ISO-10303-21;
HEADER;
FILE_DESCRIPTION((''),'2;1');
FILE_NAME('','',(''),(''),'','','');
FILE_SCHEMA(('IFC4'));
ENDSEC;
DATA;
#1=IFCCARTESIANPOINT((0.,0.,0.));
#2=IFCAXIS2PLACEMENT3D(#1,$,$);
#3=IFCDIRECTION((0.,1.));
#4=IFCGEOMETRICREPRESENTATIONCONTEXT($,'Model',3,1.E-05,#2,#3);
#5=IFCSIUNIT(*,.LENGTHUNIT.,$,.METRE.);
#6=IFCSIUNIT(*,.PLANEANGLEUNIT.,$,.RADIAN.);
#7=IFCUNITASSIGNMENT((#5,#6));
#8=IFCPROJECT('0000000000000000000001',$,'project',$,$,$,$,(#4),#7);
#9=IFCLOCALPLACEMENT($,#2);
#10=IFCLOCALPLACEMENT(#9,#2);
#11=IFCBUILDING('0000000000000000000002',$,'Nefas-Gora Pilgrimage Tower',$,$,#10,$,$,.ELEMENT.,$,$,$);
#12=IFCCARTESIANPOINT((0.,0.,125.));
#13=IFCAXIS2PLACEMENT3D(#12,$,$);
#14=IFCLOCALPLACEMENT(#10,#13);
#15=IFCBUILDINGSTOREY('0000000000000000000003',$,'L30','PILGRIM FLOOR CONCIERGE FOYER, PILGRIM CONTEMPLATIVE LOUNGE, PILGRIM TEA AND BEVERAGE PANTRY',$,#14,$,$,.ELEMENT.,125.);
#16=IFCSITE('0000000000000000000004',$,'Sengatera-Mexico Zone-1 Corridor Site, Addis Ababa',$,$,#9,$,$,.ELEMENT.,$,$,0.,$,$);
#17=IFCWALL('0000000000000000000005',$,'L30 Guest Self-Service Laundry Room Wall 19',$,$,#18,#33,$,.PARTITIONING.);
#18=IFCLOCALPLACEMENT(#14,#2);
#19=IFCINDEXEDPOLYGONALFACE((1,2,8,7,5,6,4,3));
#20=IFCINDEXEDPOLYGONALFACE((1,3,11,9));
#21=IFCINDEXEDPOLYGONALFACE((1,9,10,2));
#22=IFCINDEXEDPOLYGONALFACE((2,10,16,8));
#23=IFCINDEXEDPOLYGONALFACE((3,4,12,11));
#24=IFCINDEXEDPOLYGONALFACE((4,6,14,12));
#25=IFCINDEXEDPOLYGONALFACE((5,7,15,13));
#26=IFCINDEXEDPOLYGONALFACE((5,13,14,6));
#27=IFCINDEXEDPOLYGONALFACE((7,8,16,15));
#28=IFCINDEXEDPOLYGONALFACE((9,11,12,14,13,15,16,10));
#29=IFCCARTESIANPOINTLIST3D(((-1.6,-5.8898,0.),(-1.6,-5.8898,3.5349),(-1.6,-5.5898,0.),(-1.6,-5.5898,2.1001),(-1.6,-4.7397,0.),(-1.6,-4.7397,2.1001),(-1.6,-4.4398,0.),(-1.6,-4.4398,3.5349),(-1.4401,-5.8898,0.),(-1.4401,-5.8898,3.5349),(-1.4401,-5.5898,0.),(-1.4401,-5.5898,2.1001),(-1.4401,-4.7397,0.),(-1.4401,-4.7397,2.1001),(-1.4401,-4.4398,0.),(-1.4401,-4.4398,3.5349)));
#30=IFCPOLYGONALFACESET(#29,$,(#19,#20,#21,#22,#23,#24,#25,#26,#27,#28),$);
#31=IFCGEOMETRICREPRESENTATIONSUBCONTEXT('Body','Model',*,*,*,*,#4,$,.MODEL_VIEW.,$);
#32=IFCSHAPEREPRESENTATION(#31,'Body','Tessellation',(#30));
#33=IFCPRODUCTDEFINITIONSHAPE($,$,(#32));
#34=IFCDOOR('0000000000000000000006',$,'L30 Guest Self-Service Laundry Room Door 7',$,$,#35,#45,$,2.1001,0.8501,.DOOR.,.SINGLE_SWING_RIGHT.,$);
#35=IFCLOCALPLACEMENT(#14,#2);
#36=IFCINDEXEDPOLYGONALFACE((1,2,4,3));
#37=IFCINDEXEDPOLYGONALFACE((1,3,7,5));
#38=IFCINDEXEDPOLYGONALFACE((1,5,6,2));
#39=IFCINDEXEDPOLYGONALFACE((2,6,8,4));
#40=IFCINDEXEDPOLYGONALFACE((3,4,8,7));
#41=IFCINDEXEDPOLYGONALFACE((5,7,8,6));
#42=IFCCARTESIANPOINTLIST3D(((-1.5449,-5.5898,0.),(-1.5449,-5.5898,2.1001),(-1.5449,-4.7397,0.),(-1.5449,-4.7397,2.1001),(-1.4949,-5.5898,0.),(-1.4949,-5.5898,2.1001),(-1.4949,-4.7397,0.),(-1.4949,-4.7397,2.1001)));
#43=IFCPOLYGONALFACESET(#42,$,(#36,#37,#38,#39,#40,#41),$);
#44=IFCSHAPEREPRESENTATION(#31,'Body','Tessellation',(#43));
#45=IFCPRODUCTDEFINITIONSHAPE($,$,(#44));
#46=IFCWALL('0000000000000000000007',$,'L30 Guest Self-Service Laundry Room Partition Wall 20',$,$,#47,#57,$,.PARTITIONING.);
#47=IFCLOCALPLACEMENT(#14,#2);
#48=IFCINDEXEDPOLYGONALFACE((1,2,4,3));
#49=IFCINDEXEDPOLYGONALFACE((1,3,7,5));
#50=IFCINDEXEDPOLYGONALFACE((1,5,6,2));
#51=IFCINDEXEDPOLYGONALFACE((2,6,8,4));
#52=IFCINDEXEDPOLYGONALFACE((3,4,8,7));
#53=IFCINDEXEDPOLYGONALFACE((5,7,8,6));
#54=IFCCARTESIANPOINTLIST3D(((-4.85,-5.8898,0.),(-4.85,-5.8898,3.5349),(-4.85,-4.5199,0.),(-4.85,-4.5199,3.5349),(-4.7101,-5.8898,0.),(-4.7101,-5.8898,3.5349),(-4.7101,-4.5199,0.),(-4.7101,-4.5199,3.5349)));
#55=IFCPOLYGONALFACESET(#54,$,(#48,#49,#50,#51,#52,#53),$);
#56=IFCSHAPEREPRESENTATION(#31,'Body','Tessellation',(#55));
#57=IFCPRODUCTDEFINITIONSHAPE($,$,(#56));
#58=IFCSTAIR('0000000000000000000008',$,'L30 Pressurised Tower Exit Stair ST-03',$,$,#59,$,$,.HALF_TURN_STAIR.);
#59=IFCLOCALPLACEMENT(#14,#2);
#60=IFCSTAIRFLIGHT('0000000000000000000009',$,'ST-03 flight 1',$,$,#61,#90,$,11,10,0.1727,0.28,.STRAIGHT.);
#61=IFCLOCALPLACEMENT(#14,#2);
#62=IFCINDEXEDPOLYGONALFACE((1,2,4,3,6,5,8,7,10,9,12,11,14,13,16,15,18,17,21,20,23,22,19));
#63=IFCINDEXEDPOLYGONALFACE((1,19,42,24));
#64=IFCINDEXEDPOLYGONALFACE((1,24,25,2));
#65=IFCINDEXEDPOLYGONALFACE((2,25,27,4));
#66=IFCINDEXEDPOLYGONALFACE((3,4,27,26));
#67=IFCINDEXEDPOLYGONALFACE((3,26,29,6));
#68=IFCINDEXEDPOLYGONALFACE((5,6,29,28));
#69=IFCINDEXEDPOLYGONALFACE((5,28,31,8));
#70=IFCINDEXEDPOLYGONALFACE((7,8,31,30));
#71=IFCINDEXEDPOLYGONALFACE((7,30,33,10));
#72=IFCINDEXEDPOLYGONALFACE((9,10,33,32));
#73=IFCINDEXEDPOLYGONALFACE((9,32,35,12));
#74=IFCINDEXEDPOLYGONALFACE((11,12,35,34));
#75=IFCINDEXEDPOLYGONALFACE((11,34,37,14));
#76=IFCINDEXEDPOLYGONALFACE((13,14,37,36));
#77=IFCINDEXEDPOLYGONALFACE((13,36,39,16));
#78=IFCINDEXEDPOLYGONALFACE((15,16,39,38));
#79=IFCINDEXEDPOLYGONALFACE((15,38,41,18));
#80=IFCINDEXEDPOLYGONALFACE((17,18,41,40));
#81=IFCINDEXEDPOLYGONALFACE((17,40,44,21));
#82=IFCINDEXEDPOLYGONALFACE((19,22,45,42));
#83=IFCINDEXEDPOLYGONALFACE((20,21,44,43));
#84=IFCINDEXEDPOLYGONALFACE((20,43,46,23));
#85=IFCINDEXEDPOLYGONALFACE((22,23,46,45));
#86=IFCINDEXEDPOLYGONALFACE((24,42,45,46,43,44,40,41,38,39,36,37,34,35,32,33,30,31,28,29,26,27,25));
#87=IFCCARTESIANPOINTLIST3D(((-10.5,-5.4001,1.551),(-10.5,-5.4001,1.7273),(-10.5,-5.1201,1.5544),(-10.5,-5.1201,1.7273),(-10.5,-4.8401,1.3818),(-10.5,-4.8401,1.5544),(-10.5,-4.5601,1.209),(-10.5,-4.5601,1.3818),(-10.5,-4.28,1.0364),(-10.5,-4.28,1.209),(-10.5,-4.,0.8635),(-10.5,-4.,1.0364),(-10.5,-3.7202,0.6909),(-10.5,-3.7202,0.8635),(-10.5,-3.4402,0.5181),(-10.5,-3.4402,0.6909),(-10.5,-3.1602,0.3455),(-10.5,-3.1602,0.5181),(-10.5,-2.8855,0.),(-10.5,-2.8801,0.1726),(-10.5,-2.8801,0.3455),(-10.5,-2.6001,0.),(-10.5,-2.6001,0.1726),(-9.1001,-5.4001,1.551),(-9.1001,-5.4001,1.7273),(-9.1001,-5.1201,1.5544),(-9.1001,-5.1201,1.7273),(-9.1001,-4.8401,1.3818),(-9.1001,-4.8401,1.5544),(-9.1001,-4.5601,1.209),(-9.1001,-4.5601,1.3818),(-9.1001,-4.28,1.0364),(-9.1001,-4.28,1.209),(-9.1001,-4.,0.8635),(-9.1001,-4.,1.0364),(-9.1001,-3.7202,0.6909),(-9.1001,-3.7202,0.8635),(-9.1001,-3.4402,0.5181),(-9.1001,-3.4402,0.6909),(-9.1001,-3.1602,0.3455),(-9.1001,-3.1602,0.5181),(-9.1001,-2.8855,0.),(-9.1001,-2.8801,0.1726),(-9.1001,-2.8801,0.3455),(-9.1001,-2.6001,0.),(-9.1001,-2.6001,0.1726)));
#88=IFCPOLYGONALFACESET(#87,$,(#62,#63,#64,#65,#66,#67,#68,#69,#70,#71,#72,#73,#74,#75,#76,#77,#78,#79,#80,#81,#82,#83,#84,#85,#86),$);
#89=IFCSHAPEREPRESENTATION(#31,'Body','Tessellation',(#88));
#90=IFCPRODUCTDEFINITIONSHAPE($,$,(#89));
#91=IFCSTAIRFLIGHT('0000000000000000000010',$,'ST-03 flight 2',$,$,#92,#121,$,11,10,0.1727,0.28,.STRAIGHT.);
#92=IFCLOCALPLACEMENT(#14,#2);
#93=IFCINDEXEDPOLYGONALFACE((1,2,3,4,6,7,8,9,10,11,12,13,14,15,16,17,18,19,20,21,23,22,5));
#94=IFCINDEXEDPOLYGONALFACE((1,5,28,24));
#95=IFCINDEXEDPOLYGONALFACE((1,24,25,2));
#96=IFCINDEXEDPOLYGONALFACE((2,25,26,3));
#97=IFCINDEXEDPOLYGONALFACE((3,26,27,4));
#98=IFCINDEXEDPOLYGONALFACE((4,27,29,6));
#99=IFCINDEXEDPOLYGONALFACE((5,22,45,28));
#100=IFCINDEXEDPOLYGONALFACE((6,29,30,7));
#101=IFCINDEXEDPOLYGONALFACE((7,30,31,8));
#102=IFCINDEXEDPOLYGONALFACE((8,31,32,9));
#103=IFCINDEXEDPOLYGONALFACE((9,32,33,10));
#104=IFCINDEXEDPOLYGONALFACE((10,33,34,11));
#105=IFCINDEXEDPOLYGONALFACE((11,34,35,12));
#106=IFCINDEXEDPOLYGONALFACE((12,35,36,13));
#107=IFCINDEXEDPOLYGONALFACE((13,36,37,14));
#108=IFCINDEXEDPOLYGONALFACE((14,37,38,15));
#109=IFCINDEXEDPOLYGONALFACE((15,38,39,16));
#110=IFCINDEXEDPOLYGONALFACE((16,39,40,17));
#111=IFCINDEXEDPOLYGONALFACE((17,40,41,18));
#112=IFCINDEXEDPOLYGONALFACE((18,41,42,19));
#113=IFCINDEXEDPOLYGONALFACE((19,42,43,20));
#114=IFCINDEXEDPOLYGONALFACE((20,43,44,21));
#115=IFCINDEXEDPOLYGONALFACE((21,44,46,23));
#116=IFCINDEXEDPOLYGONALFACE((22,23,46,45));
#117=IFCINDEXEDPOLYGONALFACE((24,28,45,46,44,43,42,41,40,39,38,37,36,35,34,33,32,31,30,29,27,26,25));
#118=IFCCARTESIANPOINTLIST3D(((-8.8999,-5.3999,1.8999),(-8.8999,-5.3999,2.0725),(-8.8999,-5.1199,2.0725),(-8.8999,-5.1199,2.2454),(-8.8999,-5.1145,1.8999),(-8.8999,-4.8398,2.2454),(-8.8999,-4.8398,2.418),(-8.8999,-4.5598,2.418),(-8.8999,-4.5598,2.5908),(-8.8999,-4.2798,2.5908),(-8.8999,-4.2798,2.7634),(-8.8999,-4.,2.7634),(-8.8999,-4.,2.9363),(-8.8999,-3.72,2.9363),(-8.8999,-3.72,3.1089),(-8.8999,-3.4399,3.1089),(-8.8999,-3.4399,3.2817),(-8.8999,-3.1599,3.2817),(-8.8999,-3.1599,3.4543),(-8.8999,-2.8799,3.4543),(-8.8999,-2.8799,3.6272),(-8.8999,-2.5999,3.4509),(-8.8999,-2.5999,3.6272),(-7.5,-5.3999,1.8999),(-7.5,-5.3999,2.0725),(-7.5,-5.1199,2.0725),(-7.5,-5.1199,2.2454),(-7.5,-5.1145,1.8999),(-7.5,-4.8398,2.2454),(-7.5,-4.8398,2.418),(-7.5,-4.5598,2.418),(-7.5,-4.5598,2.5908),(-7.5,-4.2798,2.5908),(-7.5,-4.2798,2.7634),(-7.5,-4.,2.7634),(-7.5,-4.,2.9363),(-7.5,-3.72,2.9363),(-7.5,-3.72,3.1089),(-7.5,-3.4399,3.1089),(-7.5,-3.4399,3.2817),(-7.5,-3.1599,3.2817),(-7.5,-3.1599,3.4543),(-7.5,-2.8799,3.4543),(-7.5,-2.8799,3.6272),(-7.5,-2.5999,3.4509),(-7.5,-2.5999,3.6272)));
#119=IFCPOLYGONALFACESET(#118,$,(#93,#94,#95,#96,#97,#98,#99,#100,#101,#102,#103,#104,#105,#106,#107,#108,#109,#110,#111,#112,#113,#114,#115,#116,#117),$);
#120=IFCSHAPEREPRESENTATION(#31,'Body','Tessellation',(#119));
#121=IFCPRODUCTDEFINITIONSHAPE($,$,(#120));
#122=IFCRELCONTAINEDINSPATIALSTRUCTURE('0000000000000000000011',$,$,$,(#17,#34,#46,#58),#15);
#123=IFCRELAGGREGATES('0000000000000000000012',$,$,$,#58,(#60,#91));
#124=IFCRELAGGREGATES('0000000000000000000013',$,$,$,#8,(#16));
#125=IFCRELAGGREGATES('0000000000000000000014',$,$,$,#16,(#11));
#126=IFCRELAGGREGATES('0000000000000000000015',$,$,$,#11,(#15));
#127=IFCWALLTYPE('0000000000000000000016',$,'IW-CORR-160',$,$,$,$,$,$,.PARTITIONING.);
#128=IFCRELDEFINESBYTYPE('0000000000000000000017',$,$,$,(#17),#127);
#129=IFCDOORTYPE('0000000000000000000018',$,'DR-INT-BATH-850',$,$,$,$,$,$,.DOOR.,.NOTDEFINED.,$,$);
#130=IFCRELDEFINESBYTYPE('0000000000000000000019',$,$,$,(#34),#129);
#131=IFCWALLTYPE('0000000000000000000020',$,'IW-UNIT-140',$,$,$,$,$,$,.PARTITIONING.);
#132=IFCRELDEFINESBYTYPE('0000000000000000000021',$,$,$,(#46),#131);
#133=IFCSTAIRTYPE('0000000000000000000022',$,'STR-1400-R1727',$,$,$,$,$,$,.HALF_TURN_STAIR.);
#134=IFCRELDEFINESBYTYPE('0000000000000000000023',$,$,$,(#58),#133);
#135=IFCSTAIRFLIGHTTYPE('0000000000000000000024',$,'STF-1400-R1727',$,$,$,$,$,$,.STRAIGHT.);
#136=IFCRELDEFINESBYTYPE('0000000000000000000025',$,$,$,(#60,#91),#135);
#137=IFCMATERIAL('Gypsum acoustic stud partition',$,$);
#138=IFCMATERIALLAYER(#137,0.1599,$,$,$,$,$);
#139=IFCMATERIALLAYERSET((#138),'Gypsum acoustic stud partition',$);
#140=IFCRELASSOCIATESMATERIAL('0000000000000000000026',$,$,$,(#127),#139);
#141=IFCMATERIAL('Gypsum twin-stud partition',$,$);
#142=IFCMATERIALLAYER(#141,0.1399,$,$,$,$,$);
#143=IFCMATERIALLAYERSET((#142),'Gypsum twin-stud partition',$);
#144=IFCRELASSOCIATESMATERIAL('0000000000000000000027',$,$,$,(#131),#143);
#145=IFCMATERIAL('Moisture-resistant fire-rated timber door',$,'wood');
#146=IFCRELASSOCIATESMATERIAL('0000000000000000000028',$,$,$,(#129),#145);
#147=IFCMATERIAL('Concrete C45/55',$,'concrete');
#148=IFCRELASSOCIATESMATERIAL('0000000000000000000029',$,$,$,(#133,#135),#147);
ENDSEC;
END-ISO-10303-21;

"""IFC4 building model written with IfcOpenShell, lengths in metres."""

from ifc_helpers import new_model, si_unit, direction, frame, frame_2d, origin, place, context, subcontext, project, spatial, polyline, rectangle, outline, extrude, source, transform, mapped, material, layer, layer_set, type_object, element, fill, aggregate, save


model = new_model("IFC4")

# Units and contexts
model_context = context("Model", 3, precision=1e-05, world=origin(), true_north=direction((0.0, 1.0)))
body_context = subcontext(model_context, "Body", "Model", "MODEL_VIEW")
ifc_project = project(units=[si_unit("LENGTHUNIT", "METRE"), si_unit("PLANEANGLEUNIT", "RADIAN")], contexts=[model_context])

# Site, building, storey
site_placement = place(None, origin())
site = spatial("IfcSite", under=ifc_project, at=site_placement, Name="Sengatera-Mexico Zone-1 Corridor Site, Addis Ababa", CompositionType="ELEMENT", RefElevation=0.0)
building_placement = place(site_placement, origin())
building = spatial("IfcBuilding", under=site, at=building_placement, Name="Nefas-Gora Pilgrimage Tower", CompositionType="ELEMENT")
storey_placement = place(building_placement, frame((0.0, 0.0, 125.0)))
storey = spatial("IfcBuildingStorey", under=building, at=storey_placement, Name="L30", Description="PILGRIM FLOOR CONCIERGE FOYER, PILGRIM CONTEMPLATIVE LOUNGE, PILGRIM TEA AND BEVERAGE PANTRY", CompositionType="ELEMENT", Elevation=125.0)

# Shared definitions
ifc_material_1 = material(Name="Concrete C45/55", Category="concrete")

# Shared definitions
ifc_material_2 = material(Name="Gypsum acoustic stud partition")
ifc_layer_1 = layer(ifc_material_2, 0.1599)
ifc_layer_set_1 = layer_set([ifc_layer_1], Name="Gypsum acoustic stud partition")
wall_type_1 = type_object("IfcWallType", Name="IW-CORR-160", PredefinedType="PARTITIONING", material=ifc_layer_set_1)
ifc_material_3 = material(Name="Gypsum twin-stud partition")
ifc_layer_2 = layer(ifc_material_3, 0.1399)
ifc_layer_set_2 = layer_set([ifc_layer_2], Name="Gypsum twin-stud partition")
wall_type_2 = type_object("IfcWallType", Name="IW-UNIT-140", PredefinedType="PARTITIONING", material=ifc_layer_set_2)

# Shared definitions
ifc_material_4 = material(Name="Moisture-resistant fire-rated timber door", Category="wood")
door_type_1 = type_object("IfcDoorType", Name="DR-INT-BATH-850", OperationType="NOTDEFINED", PredefinedType="DOOR", material=ifc_material_4)
shared_shape_1 = source(origin(), body_context, "Body", "SweptSolid", [
    extrude(rectangle(XDim=0.8501, YDim=2.1001, at=frame_2d((0.425, 1.05))), frame((0.0, 0.0249, 0.0), z_axis=(0.0, -1.0, 0.0), x_axis=(1.0, 0.0, 0.0)), (0.0, 0.0, 1.0), 0.05),
])

# Wall, opening, door
shared_shape_2 = source(origin(), body_context, "Body", "SweptSolid", [
    extrude(rectangle(XDim=1.45, YDim=0.1599, at=frame_2d((0.7251, 0.0))), origin(), (0.0, 0.0, 1.0), 3.5349),
])
wall_1_placement = place(storey_placement, frame((-1.52, -5.8899, 0.0), z_axis=(0.0, 0.0, 1.0), x_axis=(0.0, 1.0, 0.0)))
wall_1 = element("IfcWall", 1, at=wall_1_placement, inside=storey, type_object=wall_type_1, Name="L30 Guest Self-Service Laundry Room Wall 19", PredefinedType="PARTITIONING", context=body_context, shape_type="MappedRepresentation", body=[
    mapped(shared_shape_2, transform((0.0, 0.0, 0.0), x_axis=(1.0, 0.0, 0.0), y_axis=(0.0, 1.0, 0.0), z_axis=(0.0, 0.0, 1.0), scale=1.0)),
])
opening_1_placement = place(wall_1_placement, frame((0.3, 0.0, 0.0)))
opening_1 = element("IfcOpeningElement", 2, at=opening_1_placement, cuts=wall_1, PredefinedType="OPENING", context=body_context, shape_type="SweptSolid", body=[
    extrude(rectangle(XDim=0.8501, YDim=2.1001, at=frame_2d((0.425, 1.05))), frame((0.0, 0.0898, 0.0), z_axis=(0.0, -1.0, 0.0), x_axis=(1.0, 0.0, 0.0)), (0.0, 0.0, 1.0), 0.1799),
])
door_1_placement = place(opening_1_placement, origin())
door_1 = element("IfcDoor", 3, at=door_1_placement, inside=storey, type_object=door_type_1, Name="L30 Guest Self-Service Laundry Room Door 7", OperationType="SINGLE_SWING_RIGHT", OverallHeight=2.1001, OverallWidth=0.8501, PredefinedType="DOOR", context=body_context, shape_type="MappedRepresentation", body=[
    mapped(shared_shape_1, transform((0.0, 0.0, 0.0), x_axis=(1.0, 0.0, 0.0), y_axis=(0.0, 1.0, 0.0), z_axis=(0.0, 0.0, 1.0), scale=1.0)),
])
fill(opening_1, door_1)

# Wall
shared_shape_3 = source(origin(), body_context, "Body", "SweptSolid", [
    extrude(rectangle(XDim=1.3699, YDim=0.1399, at=frame_2d((0.6851, 0.0))), origin(), (0.0, 0.0, 1.0), 3.5349),
])
wall_2_placement = place(storey_placement, frame((-4.78, -5.8899, 0.0), z_axis=(0.0, 0.0, 1.0), x_axis=(0.0, 1.0, 0.0)))
element("IfcWall", 4, at=wall_2_placement, inside=storey, type_object=wall_type_2, Name="L30 Guest Self-Service Laundry Room Partition Wall 20", PredefinedType="PARTITIONING", context=body_context, shape_type="MappedRepresentation", body=[
    mapped(shared_shape_3, transform((0.0, 0.0, 0.0), x_axis=(1.0, 0.0, 0.0), y_axis=(0.0, 1.0, 0.0), z_axis=(0.0, 0.0, 1.0), scale=1.0)),
])

# Stair, stair flights
stair_type = type_object("IfcStairType", Name="STR-1400-R1727", PredefinedType="HALF_TURN_STAIR", material=ifc_material_1)
stair_placement = place(storey_placement, origin())
stair = element("IfcStair", 5, at=stair_placement, inside=storey, type_object=stair_type, Name="L30 Pressurised Tower Exit Stair ST-03", PredefinedType="HALF_TURN_STAIR")
stair_flight_type = type_object("IfcStairFlightType", Name="STF-1400-R1727", PredefinedType="STRAIGHT", material=ifc_material_1)
shared_shape_4 = source(origin(), body_context, "Body", "SweptSolid", [
    extrude(outline(polyline([(0.0, 0.0), (0.0, 0.1726), (0.28, 0.1726), (0.28, 0.3455), (0.5601, 0.3455), (0.5601, 0.5181), (0.8401, 0.5181), (0.8401, 0.6909), (1.1201, 0.6909), (1.1201, 0.8635), (1.3999, 0.8635), (1.3999, 1.0364), (1.6799, 1.0364), (1.6799, 1.209), (1.96, 1.209), (1.96, 1.3818), (2.24, 1.3818), (2.24, 1.5544), (2.52, 1.5544), (2.52, 1.7273), (2.8, 1.7273), (2.8, 1.8999), (2.8, 1.551), (0.2854, 0.0), (0.0, 0.0)])), frame((0.0, 0.7, 0.0), z_axis=(0.0, -1.0, 0.0), x_axis=(1.0, 0.0, 0.0)), (0.0, 0.0, 1.0), 1.3999),
])
stair_flight_1_placement = place(storey_placement, frame((-9.8, -2.6001, 0.0), z_axis=(0.0, 0.0, 1.0), x_axis=(0.0, -1.0, 0.0)))
stair_flight_1 = element("IfcStairFlight", 6, at=stair_flight_1_placement, type_object=stair_flight_type, Name="ST-03 flight 1", NumberOfRisers=11, NumberOfTreads=10, PredefinedType="STRAIGHT", RiserHeight=0.1727, TreadLength=0.28, context=body_context, shape_type="MappedRepresentation", body=[
    mapped(shared_shape_4, transform((0.0, 0.0, 0.0), x_axis=(1.0, 0.0, 0.0), y_axis=(0.0, 1.0, 0.0), z_axis=(0.0, 0.0, 1.0), scale=1.0)),
])
stair_flight_2_placement = place(storey_placement, frame((-8.2, -5.3999, 1.8999), z_axis=(0.0, 0.0, 1.0), x_axis=(0.0, 1.0, 0.0)))
stair_flight_2 = element("IfcStairFlight", 7, at=stair_flight_2_placement, type_object=stair_flight_type, Name="ST-03 flight 2", NumberOfRisers=11, NumberOfTreads=10, PredefinedType="STRAIGHT", RiserHeight=0.1727, TreadLength=0.28, context=body_context, shape_type="MappedRepresentation", body=[
    mapped(shared_shape_4, transform((0.0, 0.0, 0.0), x_axis=(1.0, 0.0, 0.0), y_axis=(0.0, 1.0, 0.0), z_axis=(0.0, 0.0, 1.0), scale=1.0)),
])
aggregate(stair, [stair_flight_1, stair_flight_2])

save(model, "model.ifc")
